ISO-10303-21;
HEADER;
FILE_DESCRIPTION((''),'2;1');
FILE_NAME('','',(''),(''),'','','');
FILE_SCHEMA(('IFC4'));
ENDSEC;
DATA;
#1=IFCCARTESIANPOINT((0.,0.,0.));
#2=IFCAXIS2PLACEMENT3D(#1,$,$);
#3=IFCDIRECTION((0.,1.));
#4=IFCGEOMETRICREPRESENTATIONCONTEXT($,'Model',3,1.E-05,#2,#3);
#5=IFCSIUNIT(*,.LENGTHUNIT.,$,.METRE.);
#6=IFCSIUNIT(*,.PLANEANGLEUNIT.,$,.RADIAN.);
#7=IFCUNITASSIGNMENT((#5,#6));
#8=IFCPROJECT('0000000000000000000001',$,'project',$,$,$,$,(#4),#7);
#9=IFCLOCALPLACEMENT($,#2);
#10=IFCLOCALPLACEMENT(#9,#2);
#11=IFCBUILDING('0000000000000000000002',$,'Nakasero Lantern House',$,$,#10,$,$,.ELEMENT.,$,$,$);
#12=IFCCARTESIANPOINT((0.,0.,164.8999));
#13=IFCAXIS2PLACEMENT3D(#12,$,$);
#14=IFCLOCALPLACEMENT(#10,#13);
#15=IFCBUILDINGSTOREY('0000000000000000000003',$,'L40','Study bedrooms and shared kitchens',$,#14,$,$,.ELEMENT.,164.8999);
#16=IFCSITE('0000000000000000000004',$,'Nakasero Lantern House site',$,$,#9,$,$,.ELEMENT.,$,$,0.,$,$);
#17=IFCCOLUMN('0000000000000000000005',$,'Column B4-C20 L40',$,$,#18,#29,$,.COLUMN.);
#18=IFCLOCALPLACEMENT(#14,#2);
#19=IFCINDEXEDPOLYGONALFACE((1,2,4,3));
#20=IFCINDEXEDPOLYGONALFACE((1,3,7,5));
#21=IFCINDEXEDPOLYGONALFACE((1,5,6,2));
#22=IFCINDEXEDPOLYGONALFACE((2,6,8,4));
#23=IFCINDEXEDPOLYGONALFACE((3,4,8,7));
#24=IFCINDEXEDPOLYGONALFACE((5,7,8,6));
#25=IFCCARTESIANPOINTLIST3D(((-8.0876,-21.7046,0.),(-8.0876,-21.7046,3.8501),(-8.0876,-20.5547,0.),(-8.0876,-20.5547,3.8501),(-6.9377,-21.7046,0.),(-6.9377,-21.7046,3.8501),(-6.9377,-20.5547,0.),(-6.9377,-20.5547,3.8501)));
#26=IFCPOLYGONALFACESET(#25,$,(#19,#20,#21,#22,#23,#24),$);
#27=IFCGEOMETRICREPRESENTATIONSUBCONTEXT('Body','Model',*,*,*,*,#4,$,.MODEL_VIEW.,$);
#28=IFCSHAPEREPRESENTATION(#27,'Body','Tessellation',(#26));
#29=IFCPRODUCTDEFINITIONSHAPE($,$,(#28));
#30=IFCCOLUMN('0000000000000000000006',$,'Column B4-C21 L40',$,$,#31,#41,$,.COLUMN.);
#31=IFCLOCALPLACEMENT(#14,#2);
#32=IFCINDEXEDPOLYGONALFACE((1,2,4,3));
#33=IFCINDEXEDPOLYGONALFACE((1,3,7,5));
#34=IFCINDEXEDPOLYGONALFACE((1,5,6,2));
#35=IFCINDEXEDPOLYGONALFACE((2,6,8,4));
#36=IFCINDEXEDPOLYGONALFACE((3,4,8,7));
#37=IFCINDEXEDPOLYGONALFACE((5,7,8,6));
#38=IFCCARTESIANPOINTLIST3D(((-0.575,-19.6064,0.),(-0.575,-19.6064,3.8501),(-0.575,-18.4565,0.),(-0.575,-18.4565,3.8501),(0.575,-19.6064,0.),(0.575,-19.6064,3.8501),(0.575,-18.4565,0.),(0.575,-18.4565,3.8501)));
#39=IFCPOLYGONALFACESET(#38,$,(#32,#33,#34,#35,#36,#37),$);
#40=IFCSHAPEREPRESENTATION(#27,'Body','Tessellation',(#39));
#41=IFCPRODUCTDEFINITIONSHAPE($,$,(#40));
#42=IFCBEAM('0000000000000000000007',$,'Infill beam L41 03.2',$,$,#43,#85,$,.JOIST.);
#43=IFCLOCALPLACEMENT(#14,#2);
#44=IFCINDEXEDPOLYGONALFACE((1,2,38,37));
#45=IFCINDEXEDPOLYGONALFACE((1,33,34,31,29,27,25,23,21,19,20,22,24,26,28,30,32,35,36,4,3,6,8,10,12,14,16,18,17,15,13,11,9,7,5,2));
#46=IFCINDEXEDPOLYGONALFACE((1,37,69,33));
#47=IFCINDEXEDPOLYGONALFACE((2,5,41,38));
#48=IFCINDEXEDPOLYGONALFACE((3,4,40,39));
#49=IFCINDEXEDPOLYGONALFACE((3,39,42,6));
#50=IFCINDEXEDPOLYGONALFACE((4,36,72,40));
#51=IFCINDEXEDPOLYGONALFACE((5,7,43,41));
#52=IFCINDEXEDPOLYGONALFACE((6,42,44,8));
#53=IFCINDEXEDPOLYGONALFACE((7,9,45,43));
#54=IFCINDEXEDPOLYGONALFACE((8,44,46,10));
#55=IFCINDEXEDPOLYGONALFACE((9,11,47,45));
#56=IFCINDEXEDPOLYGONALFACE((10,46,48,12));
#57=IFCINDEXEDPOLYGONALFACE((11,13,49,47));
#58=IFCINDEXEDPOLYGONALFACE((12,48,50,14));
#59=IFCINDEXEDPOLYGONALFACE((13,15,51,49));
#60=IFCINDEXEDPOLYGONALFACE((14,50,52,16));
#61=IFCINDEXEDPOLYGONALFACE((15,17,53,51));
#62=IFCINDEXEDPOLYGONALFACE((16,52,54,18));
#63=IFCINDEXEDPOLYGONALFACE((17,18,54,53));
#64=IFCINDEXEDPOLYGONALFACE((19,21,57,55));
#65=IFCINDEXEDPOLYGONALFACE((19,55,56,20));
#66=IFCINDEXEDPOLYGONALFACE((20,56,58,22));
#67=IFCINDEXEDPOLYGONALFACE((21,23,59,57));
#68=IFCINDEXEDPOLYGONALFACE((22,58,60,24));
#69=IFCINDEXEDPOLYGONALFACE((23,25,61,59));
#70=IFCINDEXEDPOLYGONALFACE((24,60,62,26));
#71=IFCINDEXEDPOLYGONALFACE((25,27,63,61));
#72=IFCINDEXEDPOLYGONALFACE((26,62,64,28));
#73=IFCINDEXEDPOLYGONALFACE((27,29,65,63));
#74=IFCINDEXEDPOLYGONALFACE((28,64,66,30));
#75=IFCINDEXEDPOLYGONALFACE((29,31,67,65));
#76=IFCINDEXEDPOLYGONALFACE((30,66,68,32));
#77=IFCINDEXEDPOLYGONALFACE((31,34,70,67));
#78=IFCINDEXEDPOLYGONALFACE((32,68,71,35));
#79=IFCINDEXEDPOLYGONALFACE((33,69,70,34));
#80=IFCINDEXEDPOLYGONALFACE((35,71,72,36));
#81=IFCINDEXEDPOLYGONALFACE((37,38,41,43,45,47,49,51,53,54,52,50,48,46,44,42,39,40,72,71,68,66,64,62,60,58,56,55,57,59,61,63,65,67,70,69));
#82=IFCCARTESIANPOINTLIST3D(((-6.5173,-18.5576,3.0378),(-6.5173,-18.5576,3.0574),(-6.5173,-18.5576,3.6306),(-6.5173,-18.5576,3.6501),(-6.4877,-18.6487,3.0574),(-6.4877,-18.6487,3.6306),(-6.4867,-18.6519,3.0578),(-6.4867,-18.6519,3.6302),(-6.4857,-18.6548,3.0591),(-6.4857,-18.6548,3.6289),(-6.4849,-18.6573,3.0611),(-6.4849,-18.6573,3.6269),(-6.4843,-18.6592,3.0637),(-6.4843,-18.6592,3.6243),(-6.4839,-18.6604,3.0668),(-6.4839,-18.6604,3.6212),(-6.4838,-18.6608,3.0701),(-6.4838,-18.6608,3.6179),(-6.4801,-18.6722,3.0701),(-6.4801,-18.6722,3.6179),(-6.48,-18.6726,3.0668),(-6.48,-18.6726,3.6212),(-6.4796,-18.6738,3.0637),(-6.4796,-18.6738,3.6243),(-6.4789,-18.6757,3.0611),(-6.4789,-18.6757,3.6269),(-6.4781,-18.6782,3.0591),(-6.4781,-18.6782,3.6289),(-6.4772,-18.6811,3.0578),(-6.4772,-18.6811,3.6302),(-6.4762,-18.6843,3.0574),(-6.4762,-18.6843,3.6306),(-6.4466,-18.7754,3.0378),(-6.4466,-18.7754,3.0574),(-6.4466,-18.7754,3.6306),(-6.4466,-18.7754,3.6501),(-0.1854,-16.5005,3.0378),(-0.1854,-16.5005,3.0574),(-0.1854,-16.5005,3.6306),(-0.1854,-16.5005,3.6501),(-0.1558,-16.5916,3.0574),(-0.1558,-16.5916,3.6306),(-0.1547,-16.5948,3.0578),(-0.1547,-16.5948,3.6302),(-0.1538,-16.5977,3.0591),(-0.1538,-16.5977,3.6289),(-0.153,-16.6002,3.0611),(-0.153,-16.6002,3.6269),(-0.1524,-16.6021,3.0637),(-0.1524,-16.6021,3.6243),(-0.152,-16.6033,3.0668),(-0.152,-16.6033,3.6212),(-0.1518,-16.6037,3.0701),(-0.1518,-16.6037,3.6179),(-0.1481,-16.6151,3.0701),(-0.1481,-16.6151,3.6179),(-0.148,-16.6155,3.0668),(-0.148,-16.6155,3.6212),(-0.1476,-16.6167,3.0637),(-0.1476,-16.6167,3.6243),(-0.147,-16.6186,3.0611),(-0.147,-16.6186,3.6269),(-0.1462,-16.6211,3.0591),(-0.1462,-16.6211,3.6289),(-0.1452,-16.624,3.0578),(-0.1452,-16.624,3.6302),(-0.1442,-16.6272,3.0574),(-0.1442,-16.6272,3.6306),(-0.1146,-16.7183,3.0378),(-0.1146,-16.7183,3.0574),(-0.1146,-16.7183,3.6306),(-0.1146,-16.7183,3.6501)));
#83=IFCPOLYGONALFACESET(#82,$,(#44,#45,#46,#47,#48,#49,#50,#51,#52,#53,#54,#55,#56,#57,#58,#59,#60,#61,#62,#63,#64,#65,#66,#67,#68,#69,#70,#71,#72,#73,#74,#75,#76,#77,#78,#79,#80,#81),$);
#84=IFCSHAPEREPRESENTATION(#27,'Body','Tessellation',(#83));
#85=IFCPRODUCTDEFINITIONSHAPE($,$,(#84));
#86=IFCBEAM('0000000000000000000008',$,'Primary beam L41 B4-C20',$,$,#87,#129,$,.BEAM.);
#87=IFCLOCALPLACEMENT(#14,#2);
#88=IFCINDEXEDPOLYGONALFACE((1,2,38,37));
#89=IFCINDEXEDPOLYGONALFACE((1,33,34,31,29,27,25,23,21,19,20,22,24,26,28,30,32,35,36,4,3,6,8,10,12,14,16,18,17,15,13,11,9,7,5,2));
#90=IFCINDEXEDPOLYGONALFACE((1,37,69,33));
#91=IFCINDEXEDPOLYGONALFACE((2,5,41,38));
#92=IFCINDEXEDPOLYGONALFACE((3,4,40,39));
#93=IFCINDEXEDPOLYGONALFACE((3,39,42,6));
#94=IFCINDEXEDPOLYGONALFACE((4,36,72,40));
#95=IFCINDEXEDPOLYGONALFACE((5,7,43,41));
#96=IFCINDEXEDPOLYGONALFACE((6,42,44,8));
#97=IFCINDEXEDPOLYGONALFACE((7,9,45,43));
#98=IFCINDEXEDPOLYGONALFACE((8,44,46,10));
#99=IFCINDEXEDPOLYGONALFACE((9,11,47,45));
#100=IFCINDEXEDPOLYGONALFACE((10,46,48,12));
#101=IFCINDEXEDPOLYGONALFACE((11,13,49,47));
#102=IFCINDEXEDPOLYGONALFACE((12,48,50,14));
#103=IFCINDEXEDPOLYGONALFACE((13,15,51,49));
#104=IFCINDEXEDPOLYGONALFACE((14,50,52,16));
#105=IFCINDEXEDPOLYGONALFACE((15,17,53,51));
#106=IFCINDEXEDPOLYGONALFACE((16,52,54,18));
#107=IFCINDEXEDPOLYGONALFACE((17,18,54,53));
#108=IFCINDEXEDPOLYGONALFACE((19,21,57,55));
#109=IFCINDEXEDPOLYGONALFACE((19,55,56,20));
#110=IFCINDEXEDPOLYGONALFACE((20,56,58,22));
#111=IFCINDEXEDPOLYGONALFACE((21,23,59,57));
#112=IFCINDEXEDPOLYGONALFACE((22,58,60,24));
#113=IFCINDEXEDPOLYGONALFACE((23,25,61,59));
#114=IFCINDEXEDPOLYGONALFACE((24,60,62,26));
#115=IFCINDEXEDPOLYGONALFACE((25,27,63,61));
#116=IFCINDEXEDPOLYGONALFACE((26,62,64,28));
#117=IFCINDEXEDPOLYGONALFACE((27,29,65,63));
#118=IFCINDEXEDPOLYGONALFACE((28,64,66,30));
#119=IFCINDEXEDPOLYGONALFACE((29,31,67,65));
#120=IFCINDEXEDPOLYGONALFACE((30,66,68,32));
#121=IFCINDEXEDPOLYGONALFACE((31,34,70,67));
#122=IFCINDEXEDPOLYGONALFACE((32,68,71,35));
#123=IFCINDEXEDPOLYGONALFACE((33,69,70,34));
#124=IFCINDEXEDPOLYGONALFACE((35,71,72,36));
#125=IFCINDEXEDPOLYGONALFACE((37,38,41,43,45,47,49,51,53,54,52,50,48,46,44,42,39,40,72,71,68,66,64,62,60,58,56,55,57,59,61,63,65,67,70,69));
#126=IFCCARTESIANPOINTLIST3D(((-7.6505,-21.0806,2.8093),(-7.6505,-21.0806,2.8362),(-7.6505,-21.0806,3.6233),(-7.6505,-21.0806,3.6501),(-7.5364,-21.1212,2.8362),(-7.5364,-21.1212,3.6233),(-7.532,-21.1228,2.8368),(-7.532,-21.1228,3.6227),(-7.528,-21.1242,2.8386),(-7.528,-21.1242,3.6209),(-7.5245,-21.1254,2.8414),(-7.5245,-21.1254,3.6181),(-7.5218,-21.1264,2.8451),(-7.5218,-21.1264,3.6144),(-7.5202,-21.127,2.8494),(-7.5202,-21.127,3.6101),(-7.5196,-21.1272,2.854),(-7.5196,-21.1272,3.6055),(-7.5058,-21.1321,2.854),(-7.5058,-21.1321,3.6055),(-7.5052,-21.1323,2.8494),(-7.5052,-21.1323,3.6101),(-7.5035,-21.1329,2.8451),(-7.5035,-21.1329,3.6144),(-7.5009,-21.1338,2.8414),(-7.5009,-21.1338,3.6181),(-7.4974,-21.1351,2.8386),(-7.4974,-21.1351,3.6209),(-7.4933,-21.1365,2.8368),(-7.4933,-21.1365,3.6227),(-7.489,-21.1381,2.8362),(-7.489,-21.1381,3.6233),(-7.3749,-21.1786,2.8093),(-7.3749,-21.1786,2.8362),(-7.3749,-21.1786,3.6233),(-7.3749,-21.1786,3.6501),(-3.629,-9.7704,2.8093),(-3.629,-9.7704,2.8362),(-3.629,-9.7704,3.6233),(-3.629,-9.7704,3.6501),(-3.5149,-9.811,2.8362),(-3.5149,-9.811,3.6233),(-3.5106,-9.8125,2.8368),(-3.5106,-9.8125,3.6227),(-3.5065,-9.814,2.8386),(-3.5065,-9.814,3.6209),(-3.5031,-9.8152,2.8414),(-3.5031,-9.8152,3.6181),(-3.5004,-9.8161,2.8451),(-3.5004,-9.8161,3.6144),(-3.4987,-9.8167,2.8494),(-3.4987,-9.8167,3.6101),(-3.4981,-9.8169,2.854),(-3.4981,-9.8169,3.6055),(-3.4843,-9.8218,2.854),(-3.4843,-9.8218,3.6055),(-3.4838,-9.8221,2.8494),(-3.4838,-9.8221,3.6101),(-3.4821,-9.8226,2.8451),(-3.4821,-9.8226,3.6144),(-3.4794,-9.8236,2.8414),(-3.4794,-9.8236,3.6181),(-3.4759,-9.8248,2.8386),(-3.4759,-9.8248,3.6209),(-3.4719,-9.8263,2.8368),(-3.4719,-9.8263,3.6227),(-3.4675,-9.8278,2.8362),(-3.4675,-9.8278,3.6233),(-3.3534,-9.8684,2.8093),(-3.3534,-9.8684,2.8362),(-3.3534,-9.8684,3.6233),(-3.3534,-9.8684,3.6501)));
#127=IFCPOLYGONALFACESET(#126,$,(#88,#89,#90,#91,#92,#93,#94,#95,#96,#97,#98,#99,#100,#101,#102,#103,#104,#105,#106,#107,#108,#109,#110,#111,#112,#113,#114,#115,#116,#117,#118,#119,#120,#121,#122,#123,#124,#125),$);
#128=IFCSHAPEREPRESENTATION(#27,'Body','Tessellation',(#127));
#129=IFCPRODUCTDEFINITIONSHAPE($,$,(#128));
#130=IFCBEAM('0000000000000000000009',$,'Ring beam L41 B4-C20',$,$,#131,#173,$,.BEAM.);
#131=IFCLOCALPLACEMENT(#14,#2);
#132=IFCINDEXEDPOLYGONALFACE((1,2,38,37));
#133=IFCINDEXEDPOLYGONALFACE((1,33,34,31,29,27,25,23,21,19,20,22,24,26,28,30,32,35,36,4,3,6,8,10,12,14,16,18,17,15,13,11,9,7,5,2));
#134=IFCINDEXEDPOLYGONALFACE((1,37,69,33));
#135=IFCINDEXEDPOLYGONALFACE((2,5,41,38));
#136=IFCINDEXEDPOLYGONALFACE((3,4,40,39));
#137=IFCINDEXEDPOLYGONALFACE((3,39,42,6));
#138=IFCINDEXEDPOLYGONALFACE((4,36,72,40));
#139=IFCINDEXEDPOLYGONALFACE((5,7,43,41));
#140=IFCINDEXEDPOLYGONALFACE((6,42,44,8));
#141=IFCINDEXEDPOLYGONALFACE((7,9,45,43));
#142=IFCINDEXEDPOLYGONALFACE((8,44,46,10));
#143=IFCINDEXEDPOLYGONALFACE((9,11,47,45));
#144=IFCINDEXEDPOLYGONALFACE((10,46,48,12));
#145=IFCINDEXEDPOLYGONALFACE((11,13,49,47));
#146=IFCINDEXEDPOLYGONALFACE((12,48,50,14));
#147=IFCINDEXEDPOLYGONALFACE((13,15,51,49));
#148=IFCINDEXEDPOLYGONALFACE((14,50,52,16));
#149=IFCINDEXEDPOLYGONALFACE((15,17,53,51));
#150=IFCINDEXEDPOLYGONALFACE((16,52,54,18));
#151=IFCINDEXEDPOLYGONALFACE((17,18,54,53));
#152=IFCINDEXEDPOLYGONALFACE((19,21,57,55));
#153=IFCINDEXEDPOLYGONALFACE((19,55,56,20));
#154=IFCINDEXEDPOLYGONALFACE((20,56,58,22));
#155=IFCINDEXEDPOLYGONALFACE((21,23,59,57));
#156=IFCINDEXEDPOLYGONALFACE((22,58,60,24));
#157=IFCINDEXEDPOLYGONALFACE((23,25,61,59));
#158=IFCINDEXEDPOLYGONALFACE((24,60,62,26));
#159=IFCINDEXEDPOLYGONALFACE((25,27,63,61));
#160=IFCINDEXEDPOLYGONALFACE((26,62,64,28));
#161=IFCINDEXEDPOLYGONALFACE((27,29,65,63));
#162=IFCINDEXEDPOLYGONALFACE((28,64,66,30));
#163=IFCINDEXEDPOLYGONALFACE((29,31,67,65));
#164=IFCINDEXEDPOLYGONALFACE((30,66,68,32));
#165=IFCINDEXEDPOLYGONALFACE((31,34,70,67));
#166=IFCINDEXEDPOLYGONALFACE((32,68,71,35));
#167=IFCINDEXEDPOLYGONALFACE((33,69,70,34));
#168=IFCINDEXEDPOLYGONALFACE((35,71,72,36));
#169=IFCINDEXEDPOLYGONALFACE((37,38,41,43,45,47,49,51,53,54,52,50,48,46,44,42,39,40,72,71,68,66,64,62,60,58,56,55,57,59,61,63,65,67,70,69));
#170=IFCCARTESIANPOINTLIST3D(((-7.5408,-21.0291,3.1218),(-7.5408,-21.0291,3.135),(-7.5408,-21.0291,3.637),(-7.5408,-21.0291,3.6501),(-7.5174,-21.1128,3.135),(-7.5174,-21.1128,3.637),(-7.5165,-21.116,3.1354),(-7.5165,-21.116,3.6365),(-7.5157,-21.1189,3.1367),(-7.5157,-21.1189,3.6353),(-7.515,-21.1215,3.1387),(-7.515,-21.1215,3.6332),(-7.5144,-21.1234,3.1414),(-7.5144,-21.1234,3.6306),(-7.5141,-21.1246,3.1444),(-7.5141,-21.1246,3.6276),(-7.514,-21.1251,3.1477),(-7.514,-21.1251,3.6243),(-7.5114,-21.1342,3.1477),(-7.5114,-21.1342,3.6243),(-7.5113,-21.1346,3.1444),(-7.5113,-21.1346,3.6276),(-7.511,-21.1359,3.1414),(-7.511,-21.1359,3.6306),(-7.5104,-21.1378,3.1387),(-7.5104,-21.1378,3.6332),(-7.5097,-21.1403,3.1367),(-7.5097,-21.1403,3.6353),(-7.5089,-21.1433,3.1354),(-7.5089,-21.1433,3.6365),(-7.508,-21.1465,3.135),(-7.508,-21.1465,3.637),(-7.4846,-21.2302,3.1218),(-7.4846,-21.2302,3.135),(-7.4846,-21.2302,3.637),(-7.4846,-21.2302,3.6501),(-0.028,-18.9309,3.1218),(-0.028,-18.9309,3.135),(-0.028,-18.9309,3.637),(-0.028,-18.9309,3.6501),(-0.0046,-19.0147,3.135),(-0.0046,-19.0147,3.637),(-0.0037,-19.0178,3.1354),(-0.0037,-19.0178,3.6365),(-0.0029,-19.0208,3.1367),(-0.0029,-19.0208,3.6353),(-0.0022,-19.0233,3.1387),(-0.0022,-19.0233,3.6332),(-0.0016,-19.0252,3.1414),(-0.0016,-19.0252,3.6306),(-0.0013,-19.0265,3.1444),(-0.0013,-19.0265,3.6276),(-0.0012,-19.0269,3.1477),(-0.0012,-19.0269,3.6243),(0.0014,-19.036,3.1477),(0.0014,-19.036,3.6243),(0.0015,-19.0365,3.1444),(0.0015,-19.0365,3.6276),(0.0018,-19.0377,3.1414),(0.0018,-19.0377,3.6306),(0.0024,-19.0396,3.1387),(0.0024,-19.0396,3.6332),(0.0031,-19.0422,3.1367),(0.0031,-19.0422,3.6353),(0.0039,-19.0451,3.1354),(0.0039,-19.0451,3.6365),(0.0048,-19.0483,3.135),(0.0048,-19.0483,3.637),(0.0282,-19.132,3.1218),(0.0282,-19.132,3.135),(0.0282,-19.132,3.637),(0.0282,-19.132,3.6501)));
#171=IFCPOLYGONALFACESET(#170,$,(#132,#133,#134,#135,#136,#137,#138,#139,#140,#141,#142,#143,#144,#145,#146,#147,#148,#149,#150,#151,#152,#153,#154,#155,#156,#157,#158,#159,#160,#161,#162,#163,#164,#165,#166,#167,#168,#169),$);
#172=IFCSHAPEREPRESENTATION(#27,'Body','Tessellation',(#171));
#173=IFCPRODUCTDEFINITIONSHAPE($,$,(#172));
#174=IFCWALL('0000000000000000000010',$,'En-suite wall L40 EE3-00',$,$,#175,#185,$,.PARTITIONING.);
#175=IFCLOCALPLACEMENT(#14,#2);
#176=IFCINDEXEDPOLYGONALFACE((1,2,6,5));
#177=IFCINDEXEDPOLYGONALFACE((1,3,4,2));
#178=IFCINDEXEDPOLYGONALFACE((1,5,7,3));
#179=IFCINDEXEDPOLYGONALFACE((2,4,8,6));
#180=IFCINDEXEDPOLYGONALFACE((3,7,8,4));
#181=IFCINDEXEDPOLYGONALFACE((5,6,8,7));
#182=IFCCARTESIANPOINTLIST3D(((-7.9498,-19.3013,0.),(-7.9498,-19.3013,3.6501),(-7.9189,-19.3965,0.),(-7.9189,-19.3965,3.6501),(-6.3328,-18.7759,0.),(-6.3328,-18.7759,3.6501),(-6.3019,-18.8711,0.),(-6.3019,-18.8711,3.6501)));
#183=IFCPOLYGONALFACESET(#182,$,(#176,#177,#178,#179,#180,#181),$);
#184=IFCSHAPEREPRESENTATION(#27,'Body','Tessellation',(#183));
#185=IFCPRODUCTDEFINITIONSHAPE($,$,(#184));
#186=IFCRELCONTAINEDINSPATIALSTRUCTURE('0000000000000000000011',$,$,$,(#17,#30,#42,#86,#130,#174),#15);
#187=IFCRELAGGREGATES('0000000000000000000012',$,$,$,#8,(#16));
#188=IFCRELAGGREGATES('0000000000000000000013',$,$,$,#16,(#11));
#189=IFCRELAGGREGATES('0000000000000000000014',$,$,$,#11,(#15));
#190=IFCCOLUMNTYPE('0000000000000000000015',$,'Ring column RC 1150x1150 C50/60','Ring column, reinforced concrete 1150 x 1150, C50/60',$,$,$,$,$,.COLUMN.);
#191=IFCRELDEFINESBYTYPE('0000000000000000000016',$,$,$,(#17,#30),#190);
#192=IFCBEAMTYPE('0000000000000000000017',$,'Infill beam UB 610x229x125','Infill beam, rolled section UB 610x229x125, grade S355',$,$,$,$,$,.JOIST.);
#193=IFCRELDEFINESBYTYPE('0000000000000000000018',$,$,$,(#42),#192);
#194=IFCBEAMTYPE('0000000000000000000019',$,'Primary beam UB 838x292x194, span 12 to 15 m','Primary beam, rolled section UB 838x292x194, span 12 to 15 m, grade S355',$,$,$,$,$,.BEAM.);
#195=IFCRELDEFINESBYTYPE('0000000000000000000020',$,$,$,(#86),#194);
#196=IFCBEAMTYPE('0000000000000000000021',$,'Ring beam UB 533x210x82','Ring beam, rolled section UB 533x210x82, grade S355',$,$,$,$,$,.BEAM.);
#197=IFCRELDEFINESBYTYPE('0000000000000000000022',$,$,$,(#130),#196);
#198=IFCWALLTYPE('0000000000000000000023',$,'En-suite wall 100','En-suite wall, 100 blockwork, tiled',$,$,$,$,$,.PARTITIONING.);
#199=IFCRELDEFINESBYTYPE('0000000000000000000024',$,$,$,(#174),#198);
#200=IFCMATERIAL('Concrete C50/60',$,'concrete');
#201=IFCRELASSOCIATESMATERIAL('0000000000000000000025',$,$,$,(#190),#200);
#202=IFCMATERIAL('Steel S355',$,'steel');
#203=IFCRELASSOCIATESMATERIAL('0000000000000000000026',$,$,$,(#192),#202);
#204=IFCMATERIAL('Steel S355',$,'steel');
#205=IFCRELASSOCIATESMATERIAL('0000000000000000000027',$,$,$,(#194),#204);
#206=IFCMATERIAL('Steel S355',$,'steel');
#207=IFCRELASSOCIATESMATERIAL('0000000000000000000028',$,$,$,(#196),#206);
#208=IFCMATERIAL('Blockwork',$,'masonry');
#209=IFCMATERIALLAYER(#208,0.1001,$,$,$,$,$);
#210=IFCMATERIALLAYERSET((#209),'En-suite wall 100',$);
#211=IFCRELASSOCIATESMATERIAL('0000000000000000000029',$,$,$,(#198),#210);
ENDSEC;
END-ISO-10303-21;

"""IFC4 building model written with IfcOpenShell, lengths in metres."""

from ifc_helpers import new_model, si_unit, direction, frame, frame_2d, origin, origin_2d, place, context, subcontext, project, spatial, rectangle, i_section, extrude, material, layer, layer_set, material_profile, profile_set, type_object, element, save


model = new_model("IFC4")

# Units and contexts
model_context = context("Model", 3, precision=1e-05, world=origin(), true_north=direction((0.0, 1.0)))
body_context = subcontext(model_context, "Body", "Model", "MODEL_VIEW")
ifc_project = project(units=[si_unit("LENGTHUNIT", "METRE"), si_unit("PLANEANGLEUNIT", "RADIAN")], contexts=[model_context])

# Site, building, storey
site_placement = place(None, origin())
site = spatial("IfcSite", under=ifc_project, at=site_placement, Name="Nakasero Lantern House site", CompositionType="ELEMENT", RefElevation=0.0)
building_placement = place(site_placement, origin())
building = spatial("IfcBuilding", under=site, at=building_placement, Name="Nakasero Lantern House", CompositionType="ELEMENT")
storey_placement = place(building_placement, frame((0.0, 0.0, 164.8999)))
storey = spatial("IfcBuildingStorey", under=building, at=storey_placement, Name="L40", Description="Study bedrooms and shared kitchens", CompositionType="ELEMENT", Elevation=164.8999)

# Columns
ifc_material_1 = material(Name="Concrete C50/60", Category="concrete")
ifc_material_profile_1 = material_profile(ifc_material_1, rectangle(XDim=1.1499, YDim=1.1499, at=origin_2d()), Name="RC 1150x1150")
ifc_profile_set_1 = profile_set([ifc_material_profile_1], Name="Concrete C50/60")
column_type = type_object("IfcColumnType", Name="Ring column RC 1150x1150 C50/60", Description="Ring column, reinforced concrete 1150 x 1150, C50/60", PredefinedType="COLUMN", material=ifc_profile_set_1)
for number, where, z_axis, x_axis, name in (
    (1, (-7.5127, -21.1296, 0.0), (0.0, 0.0, 1.0), (1.0, 0.0, 0.0), "Column B4-C20 L40"),
    (2, (0.0, -19.0315, 0.0), (0.0, 0.0, 1.0), (1.0, 0.0, 0.0), "Column B4-C21 L40"),
):
    element("IfcColumn", number, at=place(storey_placement, frame(where, z_axis=z_axis, x_axis=x_axis)), inside=storey, type_object=column_type, Name=name, PredefinedType="COLUMN", context=body_context, shape_type="SweptSolid", body=[
        extrude(rectangle(XDim=1.1499, YDim=1.1499, at=origin_2d()), origin(), (0.0, 0.0, 1.0), 3.8501),
    ])

# Beams
ifc_material_2 = material(Name="Steel S355", Category="steel")
ifc_material_profile_2 = material_profile(ifc_material_2, i_section(OverallWidth=0.229, OverallDepth=0.6123, WebThickness=0.012, FlangeThickness=0.0195, FilletRadius=0.0127, at=origin_2d()), Name="UB 610x229x125")
ifc_profile_set_2 = profile_set([ifc_material_profile_2], Name="Steel S355")
beam_type_1 = type_object("IfcBeamType", Name="Infill beam UB 610x229x125", Description="Infill beam, rolled section UB 610x229x125, grade S355", PredefinedType="JOIST", material=ifc_profile_set_2)
beam_1_placement = place(storey_placement, frame((-6.4819, -18.6665, 3.344), z_axis=(0.951069, 0.30898, 0.0), x_axis=(-0.30898, 0.951069, 0.0)))
element("IfcBeam", 3, at=beam_1_placement, inside=storey, type_object=beam_type_1, Name="Infill beam L41 03.2", PredefinedType="JOIST", context=body_context, shape_type="SweptSolid", body=[
    extrude(i_section(OverallWidth=0.229, OverallDepth=0.6123, WebThickness=0.012, FlangeThickness=0.0195, FilletRadius=0.0127, at=origin_2d()), origin(), (0.0, 0.0, 1.0), 6.6577),
])
ifc_material_3 = material(Name="Steel S355", Category="steel")
ifc_material_profile_3 = material_profile(ifc_material_3, i_section(OverallWidth=0.2925, OverallDepth=0.8408, WebThickness=0.0146, FlangeThickness=0.0269, FilletRadius=0.0178, at=origin_2d()), Name="UB 838x292x194")
ifc_profile_set_3 = profile_set([ifc_material_profile_3], Name="Steel S355")
beam_type_2 = type_object("IfcBeamType", Name="Primary beam UB 838x292x194, span 12 to 15 m", Description="Primary beam, rolled section UB 838x292x194, span 12 to 15 m, grade S355", PredefinedType="BEAM", material=ifc_profile_set_3)
beam_2_placement = place(storey_placement, frame((-7.5127, -21.1296, 3.2297), z_axis=(0.335013, 0.942214, 0.0), x_axis=(-0.942214, 0.335013, 0.0)))
element("IfcBeam", 4, at=beam_2_placement, inside=storey, type_object=beam_type_2, Name="Primary beam L41 B4-C20", PredefinedType="BEAM", context=body_context, shape_type="SweptSolid", body=[
    extrude(i_section(OverallWidth=0.2925, OverallDepth=0.8408, WebThickness=0.0146, FlangeThickness=0.0269, FilletRadius=0.0178, at=origin_2d()), origin(), (0.0, 0.0, 1.0), 12.0039),
])
ifc_material_4 = material(Name="Steel S355", Category="steel")
ifc_material_profile_4 = material_profile(ifc_material_4, i_section(OverallWidth=0.2087, OverallDepth=0.5283, WebThickness=0.0095, FlangeThickness=0.0132, FilletRadius=0.0127, at=origin_2d()), Name="UB 533x210x82")
ifc_profile_set_4 = profile_set([ifc_material_profile_4], Name="Steel S355")
beam_type_3 = type_object("IfcBeamType", Name="Ring beam UB 533x210x82", Description="Ring beam, rolled section UB 533x210x82, grade S355", PredefinedType="BEAM", material=ifc_profile_set_4)
beam_3_placement = place(storey_placement, frame((-7.5127, -21.1296, 3.386), z_axis=(0.963144, 0.268987, 0.0), x_axis=(-0.268987, 0.963144, 0.0)))
element("IfcBeam", 5, at=beam_3_placement, inside=storey, type_object=beam_type_3, Name="Ring beam L41 B4-C20", PredefinedType="BEAM", context=body_context, shape_type="SweptSolid", body=[
    extrude(i_section(OverallWidth=0.2087, OverallDepth=0.5283, WebThickness=0.0095, FlangeThickness=0.0132, FilletRadius=0.0127, at=origin_2d()), origin(), (0.0, 0.0, 1.0), 7.8003),
])

# Wall
ifc_material_5 = material(Name="Blockwork", Category="masonry")
ifc_layer_1 = layer(ifc_material_5, 0.1001)
ifc_layer_set_1 = layer_set([ifc_layer_1], Name="En-suite wall 100")
wall_type_1 = type_object("IfcWallType", Name="En-suite wall 100", Description="En-suite wall, 100 blockwork, tiled", PredefinedType="PARTITIONING", material=ifc_layer_set_1)
wall_1_placement = place(storey_placement, frame((-7.9343, -19.3489, 0.0), z_axis=(0.0, 0.0, 1.0), x_axis=(0.951054, 0.309024, 0.0)))
element("IfcWall", 6, at=wall_1_placement, inside=storey, type_object=wall_type_1, Name="En-suite wall L40 EE3-00", PredefinedType="PARTITIONING", context=body_context, shape_type="SweptSolid", body=[
    extrude(rectangle(XDim=1.7002, YDim=0.1001, at=frame_2d((0.8501, 0.0))), origin(), (0.0, 0.0, 1.0), 3.6501),
])

save(model, "model.ifc")
